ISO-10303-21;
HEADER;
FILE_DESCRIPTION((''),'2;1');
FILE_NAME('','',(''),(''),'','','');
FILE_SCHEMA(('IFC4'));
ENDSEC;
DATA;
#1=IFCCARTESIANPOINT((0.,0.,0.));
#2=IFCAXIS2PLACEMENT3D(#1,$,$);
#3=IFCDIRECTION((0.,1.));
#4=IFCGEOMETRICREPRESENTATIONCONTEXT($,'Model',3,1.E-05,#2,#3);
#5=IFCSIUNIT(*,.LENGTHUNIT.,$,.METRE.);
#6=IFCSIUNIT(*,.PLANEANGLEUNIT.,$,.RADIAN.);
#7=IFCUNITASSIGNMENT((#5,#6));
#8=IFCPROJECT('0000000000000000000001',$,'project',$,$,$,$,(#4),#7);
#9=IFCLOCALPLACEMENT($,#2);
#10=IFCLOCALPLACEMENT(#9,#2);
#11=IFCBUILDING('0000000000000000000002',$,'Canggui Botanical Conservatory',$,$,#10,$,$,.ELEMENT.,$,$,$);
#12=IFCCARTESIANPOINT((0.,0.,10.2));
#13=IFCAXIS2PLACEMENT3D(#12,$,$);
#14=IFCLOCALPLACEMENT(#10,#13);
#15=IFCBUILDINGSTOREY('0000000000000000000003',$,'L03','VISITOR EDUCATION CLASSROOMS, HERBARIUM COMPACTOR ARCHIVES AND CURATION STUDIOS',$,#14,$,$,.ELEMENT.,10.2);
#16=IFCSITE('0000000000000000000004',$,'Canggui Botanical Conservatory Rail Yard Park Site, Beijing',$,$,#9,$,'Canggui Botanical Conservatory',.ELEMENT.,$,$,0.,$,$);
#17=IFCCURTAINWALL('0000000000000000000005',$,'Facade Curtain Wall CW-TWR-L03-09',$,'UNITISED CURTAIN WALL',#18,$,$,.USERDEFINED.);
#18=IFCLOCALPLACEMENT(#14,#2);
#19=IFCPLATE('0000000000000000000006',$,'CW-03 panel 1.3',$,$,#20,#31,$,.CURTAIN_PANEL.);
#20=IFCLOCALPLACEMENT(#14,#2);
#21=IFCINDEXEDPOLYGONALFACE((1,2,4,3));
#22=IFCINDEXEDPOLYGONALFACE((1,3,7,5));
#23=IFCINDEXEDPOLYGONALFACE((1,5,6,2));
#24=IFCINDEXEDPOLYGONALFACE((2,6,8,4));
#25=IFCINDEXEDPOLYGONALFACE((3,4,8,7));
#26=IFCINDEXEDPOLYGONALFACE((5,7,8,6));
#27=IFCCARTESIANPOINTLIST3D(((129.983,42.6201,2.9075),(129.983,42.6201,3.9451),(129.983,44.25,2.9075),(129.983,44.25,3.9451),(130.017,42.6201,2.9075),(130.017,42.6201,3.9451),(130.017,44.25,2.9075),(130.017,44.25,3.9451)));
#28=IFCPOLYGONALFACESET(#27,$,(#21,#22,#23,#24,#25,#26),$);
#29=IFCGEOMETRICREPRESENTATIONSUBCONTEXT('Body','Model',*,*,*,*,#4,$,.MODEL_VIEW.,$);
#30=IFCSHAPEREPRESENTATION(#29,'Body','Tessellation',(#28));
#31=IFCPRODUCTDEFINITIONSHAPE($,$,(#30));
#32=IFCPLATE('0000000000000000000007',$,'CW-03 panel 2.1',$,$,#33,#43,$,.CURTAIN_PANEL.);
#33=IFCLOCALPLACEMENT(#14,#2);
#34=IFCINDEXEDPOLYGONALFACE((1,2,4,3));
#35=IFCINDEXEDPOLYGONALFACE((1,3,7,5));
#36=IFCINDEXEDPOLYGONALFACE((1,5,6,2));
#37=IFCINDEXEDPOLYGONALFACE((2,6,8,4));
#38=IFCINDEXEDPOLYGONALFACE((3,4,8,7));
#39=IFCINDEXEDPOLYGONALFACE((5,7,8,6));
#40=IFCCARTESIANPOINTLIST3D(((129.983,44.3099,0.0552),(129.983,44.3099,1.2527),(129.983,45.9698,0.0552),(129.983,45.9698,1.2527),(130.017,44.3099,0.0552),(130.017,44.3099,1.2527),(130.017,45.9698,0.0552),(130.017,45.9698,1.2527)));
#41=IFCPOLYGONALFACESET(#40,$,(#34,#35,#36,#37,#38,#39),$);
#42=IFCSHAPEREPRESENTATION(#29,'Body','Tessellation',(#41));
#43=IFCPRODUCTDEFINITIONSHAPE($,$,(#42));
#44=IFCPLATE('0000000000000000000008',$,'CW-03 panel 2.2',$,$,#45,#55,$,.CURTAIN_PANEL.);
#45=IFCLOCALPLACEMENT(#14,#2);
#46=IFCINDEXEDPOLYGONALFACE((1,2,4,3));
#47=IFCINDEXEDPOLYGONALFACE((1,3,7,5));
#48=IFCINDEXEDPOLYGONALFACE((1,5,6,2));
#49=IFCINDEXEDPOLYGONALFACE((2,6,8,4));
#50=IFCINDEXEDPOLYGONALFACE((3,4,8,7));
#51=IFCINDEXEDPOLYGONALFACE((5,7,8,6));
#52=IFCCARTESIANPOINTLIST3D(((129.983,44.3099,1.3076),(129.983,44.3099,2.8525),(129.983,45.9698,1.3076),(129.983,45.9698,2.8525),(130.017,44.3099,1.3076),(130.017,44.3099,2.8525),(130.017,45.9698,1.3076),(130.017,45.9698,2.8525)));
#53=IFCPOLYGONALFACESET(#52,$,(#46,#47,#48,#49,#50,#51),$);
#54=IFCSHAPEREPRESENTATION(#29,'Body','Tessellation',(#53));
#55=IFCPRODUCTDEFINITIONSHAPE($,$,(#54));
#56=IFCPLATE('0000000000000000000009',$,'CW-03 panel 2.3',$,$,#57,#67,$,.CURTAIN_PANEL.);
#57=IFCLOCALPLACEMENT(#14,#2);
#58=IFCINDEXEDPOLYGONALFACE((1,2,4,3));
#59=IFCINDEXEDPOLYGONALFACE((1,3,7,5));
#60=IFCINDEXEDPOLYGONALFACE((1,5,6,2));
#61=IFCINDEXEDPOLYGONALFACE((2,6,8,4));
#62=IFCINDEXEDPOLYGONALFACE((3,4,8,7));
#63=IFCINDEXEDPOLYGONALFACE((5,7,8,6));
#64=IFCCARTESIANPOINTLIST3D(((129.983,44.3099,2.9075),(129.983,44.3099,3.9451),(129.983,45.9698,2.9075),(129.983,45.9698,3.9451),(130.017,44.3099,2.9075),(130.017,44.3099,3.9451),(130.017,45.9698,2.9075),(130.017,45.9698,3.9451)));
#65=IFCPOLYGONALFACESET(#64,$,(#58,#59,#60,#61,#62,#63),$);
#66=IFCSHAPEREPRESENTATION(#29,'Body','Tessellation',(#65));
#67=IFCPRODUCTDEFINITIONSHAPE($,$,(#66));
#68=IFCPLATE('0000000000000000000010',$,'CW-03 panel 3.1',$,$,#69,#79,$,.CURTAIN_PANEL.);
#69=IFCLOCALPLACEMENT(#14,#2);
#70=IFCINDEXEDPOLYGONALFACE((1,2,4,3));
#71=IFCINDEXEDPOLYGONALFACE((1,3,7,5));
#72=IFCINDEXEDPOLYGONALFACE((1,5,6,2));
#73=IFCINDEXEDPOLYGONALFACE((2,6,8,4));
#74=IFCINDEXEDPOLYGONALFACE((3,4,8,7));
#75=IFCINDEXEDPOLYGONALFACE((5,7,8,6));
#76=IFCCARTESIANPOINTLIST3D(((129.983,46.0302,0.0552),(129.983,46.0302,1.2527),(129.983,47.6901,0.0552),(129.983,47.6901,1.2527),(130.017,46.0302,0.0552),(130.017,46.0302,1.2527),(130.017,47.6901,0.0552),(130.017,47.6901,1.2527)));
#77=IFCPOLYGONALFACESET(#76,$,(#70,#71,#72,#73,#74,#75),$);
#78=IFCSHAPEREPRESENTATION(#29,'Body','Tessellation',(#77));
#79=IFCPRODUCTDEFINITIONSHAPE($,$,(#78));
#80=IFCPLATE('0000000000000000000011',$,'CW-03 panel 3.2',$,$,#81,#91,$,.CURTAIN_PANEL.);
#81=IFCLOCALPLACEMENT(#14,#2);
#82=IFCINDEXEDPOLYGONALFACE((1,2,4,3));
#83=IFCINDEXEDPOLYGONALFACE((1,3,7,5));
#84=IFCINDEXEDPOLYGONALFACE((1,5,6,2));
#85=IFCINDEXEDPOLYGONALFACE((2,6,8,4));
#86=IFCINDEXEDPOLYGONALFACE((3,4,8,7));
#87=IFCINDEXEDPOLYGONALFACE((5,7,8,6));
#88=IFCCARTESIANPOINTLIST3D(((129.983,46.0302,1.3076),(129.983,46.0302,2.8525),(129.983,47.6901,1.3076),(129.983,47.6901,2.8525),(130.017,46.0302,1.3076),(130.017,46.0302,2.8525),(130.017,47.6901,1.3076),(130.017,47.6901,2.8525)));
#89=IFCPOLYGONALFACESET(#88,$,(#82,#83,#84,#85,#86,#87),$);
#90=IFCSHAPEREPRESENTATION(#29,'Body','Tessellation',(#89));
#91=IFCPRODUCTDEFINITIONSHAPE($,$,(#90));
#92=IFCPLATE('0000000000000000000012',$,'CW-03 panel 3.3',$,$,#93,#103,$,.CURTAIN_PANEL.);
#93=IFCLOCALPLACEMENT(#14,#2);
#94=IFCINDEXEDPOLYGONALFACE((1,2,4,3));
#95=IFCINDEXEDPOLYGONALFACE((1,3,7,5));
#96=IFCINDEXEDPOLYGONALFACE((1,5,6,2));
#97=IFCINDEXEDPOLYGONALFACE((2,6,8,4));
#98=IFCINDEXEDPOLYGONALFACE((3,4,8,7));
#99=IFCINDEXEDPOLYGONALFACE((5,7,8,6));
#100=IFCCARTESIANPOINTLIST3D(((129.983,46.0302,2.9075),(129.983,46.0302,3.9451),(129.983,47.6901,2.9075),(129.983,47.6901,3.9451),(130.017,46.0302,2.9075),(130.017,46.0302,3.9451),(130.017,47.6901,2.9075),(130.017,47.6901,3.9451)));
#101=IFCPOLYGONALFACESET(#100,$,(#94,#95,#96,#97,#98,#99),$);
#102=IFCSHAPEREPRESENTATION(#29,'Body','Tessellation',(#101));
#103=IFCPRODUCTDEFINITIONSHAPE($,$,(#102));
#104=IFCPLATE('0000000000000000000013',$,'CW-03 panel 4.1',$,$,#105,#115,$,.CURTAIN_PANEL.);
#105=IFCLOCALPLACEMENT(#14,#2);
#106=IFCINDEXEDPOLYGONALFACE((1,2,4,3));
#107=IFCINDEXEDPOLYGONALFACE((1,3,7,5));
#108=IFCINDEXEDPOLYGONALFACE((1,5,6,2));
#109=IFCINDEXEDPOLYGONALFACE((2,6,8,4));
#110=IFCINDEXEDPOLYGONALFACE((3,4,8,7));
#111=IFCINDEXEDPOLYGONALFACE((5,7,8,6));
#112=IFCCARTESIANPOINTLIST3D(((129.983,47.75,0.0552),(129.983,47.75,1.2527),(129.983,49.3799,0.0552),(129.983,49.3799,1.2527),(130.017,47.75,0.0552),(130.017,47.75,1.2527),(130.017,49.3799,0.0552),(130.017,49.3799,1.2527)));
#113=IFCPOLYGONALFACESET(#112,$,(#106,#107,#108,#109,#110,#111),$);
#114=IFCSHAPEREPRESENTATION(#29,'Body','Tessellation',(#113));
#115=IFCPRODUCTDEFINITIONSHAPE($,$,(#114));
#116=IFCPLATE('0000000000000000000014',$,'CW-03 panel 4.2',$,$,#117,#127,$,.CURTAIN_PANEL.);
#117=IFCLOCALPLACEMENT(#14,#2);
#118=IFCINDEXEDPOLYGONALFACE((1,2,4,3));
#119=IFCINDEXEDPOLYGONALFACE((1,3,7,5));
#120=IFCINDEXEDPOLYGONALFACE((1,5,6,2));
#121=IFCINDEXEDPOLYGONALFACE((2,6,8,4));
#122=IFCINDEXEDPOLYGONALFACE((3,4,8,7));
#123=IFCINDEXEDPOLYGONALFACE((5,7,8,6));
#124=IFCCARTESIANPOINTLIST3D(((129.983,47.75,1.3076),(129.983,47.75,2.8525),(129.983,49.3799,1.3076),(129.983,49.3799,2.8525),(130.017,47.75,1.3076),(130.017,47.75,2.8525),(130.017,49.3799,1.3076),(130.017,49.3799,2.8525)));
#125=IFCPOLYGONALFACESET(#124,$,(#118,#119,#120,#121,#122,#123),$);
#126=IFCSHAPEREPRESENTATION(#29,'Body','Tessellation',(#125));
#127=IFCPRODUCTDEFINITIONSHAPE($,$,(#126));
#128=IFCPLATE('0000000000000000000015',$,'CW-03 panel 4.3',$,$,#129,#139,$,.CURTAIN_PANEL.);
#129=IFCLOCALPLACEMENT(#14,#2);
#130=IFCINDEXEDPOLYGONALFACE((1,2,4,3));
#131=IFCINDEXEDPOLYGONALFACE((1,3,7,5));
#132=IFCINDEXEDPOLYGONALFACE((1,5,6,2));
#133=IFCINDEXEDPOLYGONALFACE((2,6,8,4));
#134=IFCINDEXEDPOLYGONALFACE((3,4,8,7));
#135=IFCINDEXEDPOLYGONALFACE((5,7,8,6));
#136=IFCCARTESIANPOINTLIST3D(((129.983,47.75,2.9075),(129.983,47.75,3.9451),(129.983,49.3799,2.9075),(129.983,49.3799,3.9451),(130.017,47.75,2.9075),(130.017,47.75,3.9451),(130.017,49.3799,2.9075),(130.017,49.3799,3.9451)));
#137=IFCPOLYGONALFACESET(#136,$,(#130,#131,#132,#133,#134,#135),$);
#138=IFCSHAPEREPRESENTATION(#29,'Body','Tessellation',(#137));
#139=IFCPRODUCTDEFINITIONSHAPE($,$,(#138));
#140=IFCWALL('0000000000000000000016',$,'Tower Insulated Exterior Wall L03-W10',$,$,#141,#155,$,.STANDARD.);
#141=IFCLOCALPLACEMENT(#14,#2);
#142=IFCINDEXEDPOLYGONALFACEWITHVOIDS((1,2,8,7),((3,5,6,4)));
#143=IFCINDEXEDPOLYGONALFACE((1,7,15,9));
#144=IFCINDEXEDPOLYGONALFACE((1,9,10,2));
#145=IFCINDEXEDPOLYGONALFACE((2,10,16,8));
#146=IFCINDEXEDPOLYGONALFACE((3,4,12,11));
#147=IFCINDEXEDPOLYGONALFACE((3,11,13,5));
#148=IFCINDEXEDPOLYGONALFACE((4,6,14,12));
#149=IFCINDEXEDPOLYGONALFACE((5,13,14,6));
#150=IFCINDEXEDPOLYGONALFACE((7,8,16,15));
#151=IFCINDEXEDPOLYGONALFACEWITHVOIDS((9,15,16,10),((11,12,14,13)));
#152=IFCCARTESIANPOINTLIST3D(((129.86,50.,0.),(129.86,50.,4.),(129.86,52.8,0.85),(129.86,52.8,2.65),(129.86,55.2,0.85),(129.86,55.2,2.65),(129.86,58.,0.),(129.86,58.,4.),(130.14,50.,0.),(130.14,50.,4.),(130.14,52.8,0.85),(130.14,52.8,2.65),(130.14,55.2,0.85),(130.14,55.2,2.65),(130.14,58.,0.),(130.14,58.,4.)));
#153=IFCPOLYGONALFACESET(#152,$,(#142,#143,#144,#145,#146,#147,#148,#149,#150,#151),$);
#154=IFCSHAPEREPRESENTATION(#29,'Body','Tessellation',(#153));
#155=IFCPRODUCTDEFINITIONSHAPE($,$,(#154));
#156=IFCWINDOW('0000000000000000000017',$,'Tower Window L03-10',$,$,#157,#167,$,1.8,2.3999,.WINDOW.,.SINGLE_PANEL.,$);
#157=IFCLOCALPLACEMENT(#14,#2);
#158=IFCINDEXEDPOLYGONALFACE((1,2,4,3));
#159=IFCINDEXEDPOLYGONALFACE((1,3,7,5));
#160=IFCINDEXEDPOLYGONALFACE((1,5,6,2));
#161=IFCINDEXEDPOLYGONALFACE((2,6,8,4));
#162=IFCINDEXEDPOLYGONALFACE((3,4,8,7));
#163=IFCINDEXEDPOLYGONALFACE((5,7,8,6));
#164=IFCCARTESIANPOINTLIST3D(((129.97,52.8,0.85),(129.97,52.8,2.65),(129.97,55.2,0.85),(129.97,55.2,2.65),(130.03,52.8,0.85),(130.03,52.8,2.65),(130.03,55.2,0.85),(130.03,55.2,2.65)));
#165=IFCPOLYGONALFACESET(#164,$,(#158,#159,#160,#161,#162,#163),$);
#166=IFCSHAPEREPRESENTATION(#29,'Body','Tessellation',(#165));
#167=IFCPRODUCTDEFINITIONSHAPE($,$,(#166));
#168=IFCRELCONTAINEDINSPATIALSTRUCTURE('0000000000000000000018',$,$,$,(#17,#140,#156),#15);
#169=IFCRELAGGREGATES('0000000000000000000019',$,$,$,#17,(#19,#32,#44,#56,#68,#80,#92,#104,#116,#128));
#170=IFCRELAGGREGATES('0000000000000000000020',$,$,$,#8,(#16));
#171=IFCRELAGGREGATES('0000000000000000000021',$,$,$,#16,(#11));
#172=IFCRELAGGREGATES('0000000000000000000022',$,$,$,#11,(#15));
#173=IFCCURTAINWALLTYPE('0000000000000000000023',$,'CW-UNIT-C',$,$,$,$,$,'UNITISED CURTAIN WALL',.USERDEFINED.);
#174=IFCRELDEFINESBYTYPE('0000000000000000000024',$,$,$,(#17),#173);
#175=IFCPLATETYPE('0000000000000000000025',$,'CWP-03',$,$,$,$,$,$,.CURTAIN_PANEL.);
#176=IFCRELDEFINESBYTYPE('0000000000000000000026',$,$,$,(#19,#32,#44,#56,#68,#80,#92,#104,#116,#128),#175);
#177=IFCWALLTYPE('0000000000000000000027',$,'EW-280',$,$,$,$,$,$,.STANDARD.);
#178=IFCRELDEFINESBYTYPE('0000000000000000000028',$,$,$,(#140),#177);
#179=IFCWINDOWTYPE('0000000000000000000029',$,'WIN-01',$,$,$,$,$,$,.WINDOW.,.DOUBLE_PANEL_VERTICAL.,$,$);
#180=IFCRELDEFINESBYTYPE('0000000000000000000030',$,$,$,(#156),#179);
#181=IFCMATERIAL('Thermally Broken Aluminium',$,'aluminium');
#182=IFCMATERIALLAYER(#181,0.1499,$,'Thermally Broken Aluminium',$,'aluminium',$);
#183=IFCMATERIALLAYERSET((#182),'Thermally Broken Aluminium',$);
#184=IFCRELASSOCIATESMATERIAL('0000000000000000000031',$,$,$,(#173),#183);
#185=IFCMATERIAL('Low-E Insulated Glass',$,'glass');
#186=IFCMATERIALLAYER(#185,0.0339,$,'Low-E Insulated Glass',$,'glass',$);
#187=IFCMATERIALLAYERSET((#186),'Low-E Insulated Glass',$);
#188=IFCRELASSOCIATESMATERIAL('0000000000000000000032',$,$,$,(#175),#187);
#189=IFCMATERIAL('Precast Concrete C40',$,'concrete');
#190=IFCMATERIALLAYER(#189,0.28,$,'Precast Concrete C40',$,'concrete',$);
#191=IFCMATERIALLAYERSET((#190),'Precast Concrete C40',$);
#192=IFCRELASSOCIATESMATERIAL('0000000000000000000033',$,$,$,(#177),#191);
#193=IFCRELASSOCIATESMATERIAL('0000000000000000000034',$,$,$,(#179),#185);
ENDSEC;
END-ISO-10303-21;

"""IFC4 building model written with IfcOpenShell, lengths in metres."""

from ifc_helpers import new_model, si_unit, direction, frame, frame_2d, origin, origin_2d, place, context, subcontext, project, spatial, rectangle, extrude, material, layer, layer_set, type_object, element, fill, aggregate, save


model = new_model("IFC4")

# Units and contexts
model_context = context("Model", 3, precision=1e-05, world=origin(), true_north=direction((0.0, 1.0)))
body_context = subcontext(model_context, "Body", "Model", "MODEL_VIEW")
ifc_project = project(units=[si_unit("LENGTHUNIT", "METRE"), si_unit("PLANEANGLEUNIT", "RADIAN")], contexts=[model_context])

# Site, building, storey
site_placement = place(None, origin())
site = spatial("IfcSite", under=ifc_project, at=site_placement, Name="Canggui Botanical Conservatory Rail Yard Park Site, Beijing", LongName="Canggui Botanical Conservatory", CompositionType="ELEMENT", RefElevation=0.0)
building_placement = place(site_placement, origin())
building = spatial("IfcBuilding", under=site, at=building_placement, Name="Canggui Botanical Conservatory", CompositionType="ELEMENT")
storey_placement = place(building_placement, frame((0.0, 0.0, 10.2)))
storey = spatial("IfcBuildingStorey", under=building, at=storey_placement, Name="L03", Description="VISITOR EDUCATION CLASSROOMS, HERBARIUM COMPACTOR ARCHIVES AND CURATION STUDIOS", CompositionType="ELEMENT", Elevation=10.2)

# Curtain wall
ifc_material_1 = material(Name="Thermally Broken Aluminium", Category="aluminium")
ifc_layer_1 = layer(ifc_material_1, 0.1499, Name="Thermally Broken Aluminium", Category="aluminium")
ifc_layer_set_1 = layer_set([ifc_layer_1], Name="Thermally Broken Aluminium")
curtain_wall_type = type_object("IfcCurtainWallType", Name="CW-UNIT-C", ElementType="UNITISED CURTAIN WALL", PredefinedType="USERDEFINED", material=ifc_layer_set_1)
curtain_wall_1_placement = place(storey_placement, origin())
curtain_wall_1 = element("IfcCurtainWall", 1, at=curtain_wall_1_placement, inside=storey, type_object=curtain_wall_type, Name="Facade Curtain Wall CW-TWR-L03-09", ObjectType="UNITISED CURTAIN WALL", PredefinedType="USERDEFINED")

# Plates
ifc_material_2 = material(Name="Low-E Insulated Glass", Category="glass")
ifc_layer_2 = layer(ifc_material_2, 0.0339, Name="Low-E Insulated Glass", Category="glass")
ifc_layer_set_2 = layer_set([ifc_layer_2], Name="Low-E Insulated Glass")
plate_type = type_object("IfcPlateType", Name="CWP-03", PredefinedType="CURTAIN_PANEL", material=ifc_layer_set_2)
plate_1_placement = place(storey_placement, frame((130.0, 43.4351, 2.9075), z_axis=(0.0, 0.0, 1.0), x_axis=(0.0, 1.0, 0.0)))
plate_1 = element("IfcPlate", 2, at=plate_1_placement, type_object=plate_type, Name="CW-03 panel 1.3", PredefinedType="CURTAIN_PANEL", context=body_context, shape_type="SweptSolid", body=[
    extrude(rectangle(XDim=1.6299, YDim=0.0339, at=origin_2d()), origin(), (0.0, 0.0, 1.0), 1.0376),
])
plate_2_placement = place(storey_placement, frame((130.0, 45.1399, 0.0552), z_axis=(0.0, 0.0, 1.0), x_axis=(0.0, 1.0, 0.0)))
plate_2 = element("IfcPlate", 3, at=plate_2_placement, type_object=plate_type, Name="CW-03 panel 2.1", PredefinedType="CURTAIN_PANEL", context=body_context, shape_type="SweptSolid", body=[
    extrude(rectangle(XDim=1.6599, YDim=0.0339, at=origin_2d()), origin(), (0.0, 0.0, 1.0), 1.1975),
])
plate_3_placement = place(storey_placement, frame((130.0, 45.1399, 1.3076), z_axis=(0.0, 0.0, 1.0), x_axis=(0.0, 1.0, 0.0)))
plate_3 = element("IfcPlate", 4, at=plate_3_placement, type_object=plate_type, Name="CW-03 panel 2.2", PredefinedType="CURTAIN_PANEL", context=body_context, shape_type="SweptSolid", body=[
    extrude(rectangle(XDim=1.6599, YDim=0.0339, at=origin_2d()), origin(), (0.0, 0.0, 1.0), 1.5449),
])
plate_4_placement = place(storey_placement, frame((130.0, 45.1399, 2.9075), z_axis=(0.0, 0.0, 1.0), x_axis=(0.0, 1.0, 0.0)))
plate_4 = element("IfcPlate", 5, at=plate_4_placement, type_object=plate_type, Name="CW-03 panel 2.3", PredefinedType="CURTAIN_PANEL", context=body_context, shape_type="SweptSolid", body=[
    extrude(rectangle(XDim=1.6599, YDim=0.0339, at=origin_2d()), origin(), (0.0, 0.0, 1.0), 1.0376),
])
plate_5_placement = place(storey_placement, frame((130.0, 46.8601, 0.0552), z_axis=(0.0, 0.0, 1.0), x_axis=(0.0, 1.0, 0.0)))
plate_5 = element("IfcPlate", 6, at=plate_5_placement, type_object=plate_type, Name="CW-03 panel 3.1", PredefinedType="CURTAIN_PANEL", context=body_context, shape_type="SweptSolid", body=[
    extrude(rectangle(XDim=1.6599, YDim=0.0339, at=origin_2d()), origin(), (0.0, 0.0, 1.0), 1.1975),
])
plate_6_placement = place(storey_placement, frame((130.0, 46.8601, 1.3076), z_axis=(0.0, 0.0, 1.0), x_axis=(0.0, 1.0, 0.0)))
plate_6 = element("IfcPlate", 7, at=plate_6_placement, type_object=plate_type, Name="CW-03 panel 3.2", PredefinedType="CURTAIN_PANEL", context=body_context, shape_type="SweptSolid", body=[
    extrude(rectangle(XDim=1.6599, YDim=0.0339, at=origin_2d()), origin(), (0.0, 0.0, 1.0), 1.5449),
])
plate_7_placement = place(storey_placement, frame((130.0, 46.8601, 2.9075), z_axis=(0.0, 0.0, 1.0), x_axis=(0.0, 1.0, 0.0)))
plate_7 = element("IfcPlate", 8, at=plate_7_placement, type_object=plate_type, Name="CW-03 panel 3.3", PredefinedType="CURTAIN_PANEL", context=body_context, shape_type="SweptSolid", body=[
    extrude(rectangle(XDim=1.6599, YDim=0.0339, at=origin_2d()), origin(), (0.0, 0.0, 1.0), 1.0376),
])
plate_8_placement = place(storey_placement, frame((130.0, 48.5649, 0.0552), z_axis=(0.0, 0.0, 1.0), x_axis=(0.0, 1.0, 0.0)))
plate_8 = element("IfcPlate", 9, at=plate_8_placement, type_object=plate_type, Name="CW-03 panel 4.1", PredefinedType="CURTAIN_PANEL", context=body_context, shape_type="SweptSolid", body=[
    extrude(rectangle(XDim=1.6299, YDim=0.0339, at=origin_2d()), origin(), (0.0, 0.0, 1.0), 1.1975),
])
plate_9_placement = place(storey_placement, frame((130.0, 48.5649, 1.3076), z_axis=(0.0, 0.0, 1.0), x_axis=(0.0, 1.0, 0.0)))
plate_9 = element("IfcPlate", 10, at=plate_9_placement, type_object=plate_type, Name="CW-03 panel 4.2", PredefinedType="CURTAIN_PANEL", context=body_context, shape_type="SweptSolid", body=[
    extrude(rectangle(XDim=1.6299, YDim=0.0339, at=origin_2d()), origin(), (0.0, 0.0, 1.0), 1.5449),
])
plate_10_placement = place(storey_placement, frame((130.0, 48.5649, 2.9075), z_axis=(0.0, 0.0, 1.0), x_axis=(0.0, 1.0, 0.0)))
plate_10 = element("IfcPlate", 11, at=plate_10_placement, type_object=plate_type, Name="CW-03 panel 4.3", PredefinedType="CURTAIN_PANEL", context=body_context, shape_type="SweptSolid", body=[
    extrude(rectangle(XDim=1.6299, YDim=0.0339, at=origin_2d()), origin(), (0.0, 0.0, 1.0), 1.0376),
])
aggregate(curtain_wall_1, [plate_1, plate_2, plate_3, plate_4, plate_5, plate_6, plate_7, plate_8, plate_9, plate_10])

# Wall, opening, window
ifc_material_3 = material(Name="Precast Concrete C40", Category="concrete")
ifc_layer_3 = layer(ifc_material_3, 0.28, Name="Precast Concrete C40", Category="concrete")
ifc_layer_set_3 = layer_set([ifc_layer_3], Name="Precast Concrete C40")
wall_type_1 = type_object("IfcWallType", Name="EW-280", PredefinedType="STANDARD", material=ifc_layer_set_3)
wall_1_placement = place(storey_placement, frame((130.0, 50.0, 0.0), z_axis=(0.0, 0.0, 1.0), x_axis=(0.0, 1.0, 0.0)))
wall_1 = element("IfcWall", 12, at=wall_1_placement, inside=storey, type_object=wall_type_1, Name="Tower Insulated Exterior Wall L03-W10", PredefinedType="STANDARD", context=body_context, shape_type="SweptSolid", body=[
    extrude(rectangle(XDim=8.0, YDim=0.28, at=frame_2d((4.0, 0.0))), origin(), (0.0, 0.0, 1.0), 4.0),
])
opening_1_placement = place(wall_1_placement, frame((2.8, 0.0, 0.8501)))
opening_1 = element("IfcOpeningElement", 13, at=opening_1_placement, cuts=wall_1, PredefinedType="OPENING", context=body_context, shape_type="SweptSolid", body=[
    extrude(rectangle(XDim=2.3999, YDim=1.8, at=frame_2d((1.2, 0.8999))), frame((0.0, 0.1499, 0.0), z_axis=(0.0, -1.0, 0.0), x_axis=(1.0, 0.0, 0.0)), (0.0, 0.0, 1.0), 0.3),
])
window_type = type_object("IfcWindowType", Name="WIN-01", PartitioningType="DOUBLE_PANEL_VERTICAL", PredefinedType="WINDOW", material=ifc_material_2)
window_placement = place(opening_1_placement, origin())
window = element("IfcWindow", 14, at=window_placement, inside=storey, type_object=window_type, Name="Tower Window L03-10", OverallHeight=1.8, OverallWidth=2.3999, PartitioningType="SINGLE_PANEL", PredefinedType="WINDOW", context=body_context, shape_type="SweptSolid", body=[
    extrude(rectangle(XDim=2.3999, YDim=1.8, at=frame_2d((1.2, 0.8999))), frame((0.0, 0.03, 0.0), z_axis=(0.0, -1.0, 0.0), x_axis=(1.0, 0.0, 0.0)), (0.0, 0.0, 1.0), 0.0601),
])
fill(opening_1, window)

save(model, "model.ifc")
